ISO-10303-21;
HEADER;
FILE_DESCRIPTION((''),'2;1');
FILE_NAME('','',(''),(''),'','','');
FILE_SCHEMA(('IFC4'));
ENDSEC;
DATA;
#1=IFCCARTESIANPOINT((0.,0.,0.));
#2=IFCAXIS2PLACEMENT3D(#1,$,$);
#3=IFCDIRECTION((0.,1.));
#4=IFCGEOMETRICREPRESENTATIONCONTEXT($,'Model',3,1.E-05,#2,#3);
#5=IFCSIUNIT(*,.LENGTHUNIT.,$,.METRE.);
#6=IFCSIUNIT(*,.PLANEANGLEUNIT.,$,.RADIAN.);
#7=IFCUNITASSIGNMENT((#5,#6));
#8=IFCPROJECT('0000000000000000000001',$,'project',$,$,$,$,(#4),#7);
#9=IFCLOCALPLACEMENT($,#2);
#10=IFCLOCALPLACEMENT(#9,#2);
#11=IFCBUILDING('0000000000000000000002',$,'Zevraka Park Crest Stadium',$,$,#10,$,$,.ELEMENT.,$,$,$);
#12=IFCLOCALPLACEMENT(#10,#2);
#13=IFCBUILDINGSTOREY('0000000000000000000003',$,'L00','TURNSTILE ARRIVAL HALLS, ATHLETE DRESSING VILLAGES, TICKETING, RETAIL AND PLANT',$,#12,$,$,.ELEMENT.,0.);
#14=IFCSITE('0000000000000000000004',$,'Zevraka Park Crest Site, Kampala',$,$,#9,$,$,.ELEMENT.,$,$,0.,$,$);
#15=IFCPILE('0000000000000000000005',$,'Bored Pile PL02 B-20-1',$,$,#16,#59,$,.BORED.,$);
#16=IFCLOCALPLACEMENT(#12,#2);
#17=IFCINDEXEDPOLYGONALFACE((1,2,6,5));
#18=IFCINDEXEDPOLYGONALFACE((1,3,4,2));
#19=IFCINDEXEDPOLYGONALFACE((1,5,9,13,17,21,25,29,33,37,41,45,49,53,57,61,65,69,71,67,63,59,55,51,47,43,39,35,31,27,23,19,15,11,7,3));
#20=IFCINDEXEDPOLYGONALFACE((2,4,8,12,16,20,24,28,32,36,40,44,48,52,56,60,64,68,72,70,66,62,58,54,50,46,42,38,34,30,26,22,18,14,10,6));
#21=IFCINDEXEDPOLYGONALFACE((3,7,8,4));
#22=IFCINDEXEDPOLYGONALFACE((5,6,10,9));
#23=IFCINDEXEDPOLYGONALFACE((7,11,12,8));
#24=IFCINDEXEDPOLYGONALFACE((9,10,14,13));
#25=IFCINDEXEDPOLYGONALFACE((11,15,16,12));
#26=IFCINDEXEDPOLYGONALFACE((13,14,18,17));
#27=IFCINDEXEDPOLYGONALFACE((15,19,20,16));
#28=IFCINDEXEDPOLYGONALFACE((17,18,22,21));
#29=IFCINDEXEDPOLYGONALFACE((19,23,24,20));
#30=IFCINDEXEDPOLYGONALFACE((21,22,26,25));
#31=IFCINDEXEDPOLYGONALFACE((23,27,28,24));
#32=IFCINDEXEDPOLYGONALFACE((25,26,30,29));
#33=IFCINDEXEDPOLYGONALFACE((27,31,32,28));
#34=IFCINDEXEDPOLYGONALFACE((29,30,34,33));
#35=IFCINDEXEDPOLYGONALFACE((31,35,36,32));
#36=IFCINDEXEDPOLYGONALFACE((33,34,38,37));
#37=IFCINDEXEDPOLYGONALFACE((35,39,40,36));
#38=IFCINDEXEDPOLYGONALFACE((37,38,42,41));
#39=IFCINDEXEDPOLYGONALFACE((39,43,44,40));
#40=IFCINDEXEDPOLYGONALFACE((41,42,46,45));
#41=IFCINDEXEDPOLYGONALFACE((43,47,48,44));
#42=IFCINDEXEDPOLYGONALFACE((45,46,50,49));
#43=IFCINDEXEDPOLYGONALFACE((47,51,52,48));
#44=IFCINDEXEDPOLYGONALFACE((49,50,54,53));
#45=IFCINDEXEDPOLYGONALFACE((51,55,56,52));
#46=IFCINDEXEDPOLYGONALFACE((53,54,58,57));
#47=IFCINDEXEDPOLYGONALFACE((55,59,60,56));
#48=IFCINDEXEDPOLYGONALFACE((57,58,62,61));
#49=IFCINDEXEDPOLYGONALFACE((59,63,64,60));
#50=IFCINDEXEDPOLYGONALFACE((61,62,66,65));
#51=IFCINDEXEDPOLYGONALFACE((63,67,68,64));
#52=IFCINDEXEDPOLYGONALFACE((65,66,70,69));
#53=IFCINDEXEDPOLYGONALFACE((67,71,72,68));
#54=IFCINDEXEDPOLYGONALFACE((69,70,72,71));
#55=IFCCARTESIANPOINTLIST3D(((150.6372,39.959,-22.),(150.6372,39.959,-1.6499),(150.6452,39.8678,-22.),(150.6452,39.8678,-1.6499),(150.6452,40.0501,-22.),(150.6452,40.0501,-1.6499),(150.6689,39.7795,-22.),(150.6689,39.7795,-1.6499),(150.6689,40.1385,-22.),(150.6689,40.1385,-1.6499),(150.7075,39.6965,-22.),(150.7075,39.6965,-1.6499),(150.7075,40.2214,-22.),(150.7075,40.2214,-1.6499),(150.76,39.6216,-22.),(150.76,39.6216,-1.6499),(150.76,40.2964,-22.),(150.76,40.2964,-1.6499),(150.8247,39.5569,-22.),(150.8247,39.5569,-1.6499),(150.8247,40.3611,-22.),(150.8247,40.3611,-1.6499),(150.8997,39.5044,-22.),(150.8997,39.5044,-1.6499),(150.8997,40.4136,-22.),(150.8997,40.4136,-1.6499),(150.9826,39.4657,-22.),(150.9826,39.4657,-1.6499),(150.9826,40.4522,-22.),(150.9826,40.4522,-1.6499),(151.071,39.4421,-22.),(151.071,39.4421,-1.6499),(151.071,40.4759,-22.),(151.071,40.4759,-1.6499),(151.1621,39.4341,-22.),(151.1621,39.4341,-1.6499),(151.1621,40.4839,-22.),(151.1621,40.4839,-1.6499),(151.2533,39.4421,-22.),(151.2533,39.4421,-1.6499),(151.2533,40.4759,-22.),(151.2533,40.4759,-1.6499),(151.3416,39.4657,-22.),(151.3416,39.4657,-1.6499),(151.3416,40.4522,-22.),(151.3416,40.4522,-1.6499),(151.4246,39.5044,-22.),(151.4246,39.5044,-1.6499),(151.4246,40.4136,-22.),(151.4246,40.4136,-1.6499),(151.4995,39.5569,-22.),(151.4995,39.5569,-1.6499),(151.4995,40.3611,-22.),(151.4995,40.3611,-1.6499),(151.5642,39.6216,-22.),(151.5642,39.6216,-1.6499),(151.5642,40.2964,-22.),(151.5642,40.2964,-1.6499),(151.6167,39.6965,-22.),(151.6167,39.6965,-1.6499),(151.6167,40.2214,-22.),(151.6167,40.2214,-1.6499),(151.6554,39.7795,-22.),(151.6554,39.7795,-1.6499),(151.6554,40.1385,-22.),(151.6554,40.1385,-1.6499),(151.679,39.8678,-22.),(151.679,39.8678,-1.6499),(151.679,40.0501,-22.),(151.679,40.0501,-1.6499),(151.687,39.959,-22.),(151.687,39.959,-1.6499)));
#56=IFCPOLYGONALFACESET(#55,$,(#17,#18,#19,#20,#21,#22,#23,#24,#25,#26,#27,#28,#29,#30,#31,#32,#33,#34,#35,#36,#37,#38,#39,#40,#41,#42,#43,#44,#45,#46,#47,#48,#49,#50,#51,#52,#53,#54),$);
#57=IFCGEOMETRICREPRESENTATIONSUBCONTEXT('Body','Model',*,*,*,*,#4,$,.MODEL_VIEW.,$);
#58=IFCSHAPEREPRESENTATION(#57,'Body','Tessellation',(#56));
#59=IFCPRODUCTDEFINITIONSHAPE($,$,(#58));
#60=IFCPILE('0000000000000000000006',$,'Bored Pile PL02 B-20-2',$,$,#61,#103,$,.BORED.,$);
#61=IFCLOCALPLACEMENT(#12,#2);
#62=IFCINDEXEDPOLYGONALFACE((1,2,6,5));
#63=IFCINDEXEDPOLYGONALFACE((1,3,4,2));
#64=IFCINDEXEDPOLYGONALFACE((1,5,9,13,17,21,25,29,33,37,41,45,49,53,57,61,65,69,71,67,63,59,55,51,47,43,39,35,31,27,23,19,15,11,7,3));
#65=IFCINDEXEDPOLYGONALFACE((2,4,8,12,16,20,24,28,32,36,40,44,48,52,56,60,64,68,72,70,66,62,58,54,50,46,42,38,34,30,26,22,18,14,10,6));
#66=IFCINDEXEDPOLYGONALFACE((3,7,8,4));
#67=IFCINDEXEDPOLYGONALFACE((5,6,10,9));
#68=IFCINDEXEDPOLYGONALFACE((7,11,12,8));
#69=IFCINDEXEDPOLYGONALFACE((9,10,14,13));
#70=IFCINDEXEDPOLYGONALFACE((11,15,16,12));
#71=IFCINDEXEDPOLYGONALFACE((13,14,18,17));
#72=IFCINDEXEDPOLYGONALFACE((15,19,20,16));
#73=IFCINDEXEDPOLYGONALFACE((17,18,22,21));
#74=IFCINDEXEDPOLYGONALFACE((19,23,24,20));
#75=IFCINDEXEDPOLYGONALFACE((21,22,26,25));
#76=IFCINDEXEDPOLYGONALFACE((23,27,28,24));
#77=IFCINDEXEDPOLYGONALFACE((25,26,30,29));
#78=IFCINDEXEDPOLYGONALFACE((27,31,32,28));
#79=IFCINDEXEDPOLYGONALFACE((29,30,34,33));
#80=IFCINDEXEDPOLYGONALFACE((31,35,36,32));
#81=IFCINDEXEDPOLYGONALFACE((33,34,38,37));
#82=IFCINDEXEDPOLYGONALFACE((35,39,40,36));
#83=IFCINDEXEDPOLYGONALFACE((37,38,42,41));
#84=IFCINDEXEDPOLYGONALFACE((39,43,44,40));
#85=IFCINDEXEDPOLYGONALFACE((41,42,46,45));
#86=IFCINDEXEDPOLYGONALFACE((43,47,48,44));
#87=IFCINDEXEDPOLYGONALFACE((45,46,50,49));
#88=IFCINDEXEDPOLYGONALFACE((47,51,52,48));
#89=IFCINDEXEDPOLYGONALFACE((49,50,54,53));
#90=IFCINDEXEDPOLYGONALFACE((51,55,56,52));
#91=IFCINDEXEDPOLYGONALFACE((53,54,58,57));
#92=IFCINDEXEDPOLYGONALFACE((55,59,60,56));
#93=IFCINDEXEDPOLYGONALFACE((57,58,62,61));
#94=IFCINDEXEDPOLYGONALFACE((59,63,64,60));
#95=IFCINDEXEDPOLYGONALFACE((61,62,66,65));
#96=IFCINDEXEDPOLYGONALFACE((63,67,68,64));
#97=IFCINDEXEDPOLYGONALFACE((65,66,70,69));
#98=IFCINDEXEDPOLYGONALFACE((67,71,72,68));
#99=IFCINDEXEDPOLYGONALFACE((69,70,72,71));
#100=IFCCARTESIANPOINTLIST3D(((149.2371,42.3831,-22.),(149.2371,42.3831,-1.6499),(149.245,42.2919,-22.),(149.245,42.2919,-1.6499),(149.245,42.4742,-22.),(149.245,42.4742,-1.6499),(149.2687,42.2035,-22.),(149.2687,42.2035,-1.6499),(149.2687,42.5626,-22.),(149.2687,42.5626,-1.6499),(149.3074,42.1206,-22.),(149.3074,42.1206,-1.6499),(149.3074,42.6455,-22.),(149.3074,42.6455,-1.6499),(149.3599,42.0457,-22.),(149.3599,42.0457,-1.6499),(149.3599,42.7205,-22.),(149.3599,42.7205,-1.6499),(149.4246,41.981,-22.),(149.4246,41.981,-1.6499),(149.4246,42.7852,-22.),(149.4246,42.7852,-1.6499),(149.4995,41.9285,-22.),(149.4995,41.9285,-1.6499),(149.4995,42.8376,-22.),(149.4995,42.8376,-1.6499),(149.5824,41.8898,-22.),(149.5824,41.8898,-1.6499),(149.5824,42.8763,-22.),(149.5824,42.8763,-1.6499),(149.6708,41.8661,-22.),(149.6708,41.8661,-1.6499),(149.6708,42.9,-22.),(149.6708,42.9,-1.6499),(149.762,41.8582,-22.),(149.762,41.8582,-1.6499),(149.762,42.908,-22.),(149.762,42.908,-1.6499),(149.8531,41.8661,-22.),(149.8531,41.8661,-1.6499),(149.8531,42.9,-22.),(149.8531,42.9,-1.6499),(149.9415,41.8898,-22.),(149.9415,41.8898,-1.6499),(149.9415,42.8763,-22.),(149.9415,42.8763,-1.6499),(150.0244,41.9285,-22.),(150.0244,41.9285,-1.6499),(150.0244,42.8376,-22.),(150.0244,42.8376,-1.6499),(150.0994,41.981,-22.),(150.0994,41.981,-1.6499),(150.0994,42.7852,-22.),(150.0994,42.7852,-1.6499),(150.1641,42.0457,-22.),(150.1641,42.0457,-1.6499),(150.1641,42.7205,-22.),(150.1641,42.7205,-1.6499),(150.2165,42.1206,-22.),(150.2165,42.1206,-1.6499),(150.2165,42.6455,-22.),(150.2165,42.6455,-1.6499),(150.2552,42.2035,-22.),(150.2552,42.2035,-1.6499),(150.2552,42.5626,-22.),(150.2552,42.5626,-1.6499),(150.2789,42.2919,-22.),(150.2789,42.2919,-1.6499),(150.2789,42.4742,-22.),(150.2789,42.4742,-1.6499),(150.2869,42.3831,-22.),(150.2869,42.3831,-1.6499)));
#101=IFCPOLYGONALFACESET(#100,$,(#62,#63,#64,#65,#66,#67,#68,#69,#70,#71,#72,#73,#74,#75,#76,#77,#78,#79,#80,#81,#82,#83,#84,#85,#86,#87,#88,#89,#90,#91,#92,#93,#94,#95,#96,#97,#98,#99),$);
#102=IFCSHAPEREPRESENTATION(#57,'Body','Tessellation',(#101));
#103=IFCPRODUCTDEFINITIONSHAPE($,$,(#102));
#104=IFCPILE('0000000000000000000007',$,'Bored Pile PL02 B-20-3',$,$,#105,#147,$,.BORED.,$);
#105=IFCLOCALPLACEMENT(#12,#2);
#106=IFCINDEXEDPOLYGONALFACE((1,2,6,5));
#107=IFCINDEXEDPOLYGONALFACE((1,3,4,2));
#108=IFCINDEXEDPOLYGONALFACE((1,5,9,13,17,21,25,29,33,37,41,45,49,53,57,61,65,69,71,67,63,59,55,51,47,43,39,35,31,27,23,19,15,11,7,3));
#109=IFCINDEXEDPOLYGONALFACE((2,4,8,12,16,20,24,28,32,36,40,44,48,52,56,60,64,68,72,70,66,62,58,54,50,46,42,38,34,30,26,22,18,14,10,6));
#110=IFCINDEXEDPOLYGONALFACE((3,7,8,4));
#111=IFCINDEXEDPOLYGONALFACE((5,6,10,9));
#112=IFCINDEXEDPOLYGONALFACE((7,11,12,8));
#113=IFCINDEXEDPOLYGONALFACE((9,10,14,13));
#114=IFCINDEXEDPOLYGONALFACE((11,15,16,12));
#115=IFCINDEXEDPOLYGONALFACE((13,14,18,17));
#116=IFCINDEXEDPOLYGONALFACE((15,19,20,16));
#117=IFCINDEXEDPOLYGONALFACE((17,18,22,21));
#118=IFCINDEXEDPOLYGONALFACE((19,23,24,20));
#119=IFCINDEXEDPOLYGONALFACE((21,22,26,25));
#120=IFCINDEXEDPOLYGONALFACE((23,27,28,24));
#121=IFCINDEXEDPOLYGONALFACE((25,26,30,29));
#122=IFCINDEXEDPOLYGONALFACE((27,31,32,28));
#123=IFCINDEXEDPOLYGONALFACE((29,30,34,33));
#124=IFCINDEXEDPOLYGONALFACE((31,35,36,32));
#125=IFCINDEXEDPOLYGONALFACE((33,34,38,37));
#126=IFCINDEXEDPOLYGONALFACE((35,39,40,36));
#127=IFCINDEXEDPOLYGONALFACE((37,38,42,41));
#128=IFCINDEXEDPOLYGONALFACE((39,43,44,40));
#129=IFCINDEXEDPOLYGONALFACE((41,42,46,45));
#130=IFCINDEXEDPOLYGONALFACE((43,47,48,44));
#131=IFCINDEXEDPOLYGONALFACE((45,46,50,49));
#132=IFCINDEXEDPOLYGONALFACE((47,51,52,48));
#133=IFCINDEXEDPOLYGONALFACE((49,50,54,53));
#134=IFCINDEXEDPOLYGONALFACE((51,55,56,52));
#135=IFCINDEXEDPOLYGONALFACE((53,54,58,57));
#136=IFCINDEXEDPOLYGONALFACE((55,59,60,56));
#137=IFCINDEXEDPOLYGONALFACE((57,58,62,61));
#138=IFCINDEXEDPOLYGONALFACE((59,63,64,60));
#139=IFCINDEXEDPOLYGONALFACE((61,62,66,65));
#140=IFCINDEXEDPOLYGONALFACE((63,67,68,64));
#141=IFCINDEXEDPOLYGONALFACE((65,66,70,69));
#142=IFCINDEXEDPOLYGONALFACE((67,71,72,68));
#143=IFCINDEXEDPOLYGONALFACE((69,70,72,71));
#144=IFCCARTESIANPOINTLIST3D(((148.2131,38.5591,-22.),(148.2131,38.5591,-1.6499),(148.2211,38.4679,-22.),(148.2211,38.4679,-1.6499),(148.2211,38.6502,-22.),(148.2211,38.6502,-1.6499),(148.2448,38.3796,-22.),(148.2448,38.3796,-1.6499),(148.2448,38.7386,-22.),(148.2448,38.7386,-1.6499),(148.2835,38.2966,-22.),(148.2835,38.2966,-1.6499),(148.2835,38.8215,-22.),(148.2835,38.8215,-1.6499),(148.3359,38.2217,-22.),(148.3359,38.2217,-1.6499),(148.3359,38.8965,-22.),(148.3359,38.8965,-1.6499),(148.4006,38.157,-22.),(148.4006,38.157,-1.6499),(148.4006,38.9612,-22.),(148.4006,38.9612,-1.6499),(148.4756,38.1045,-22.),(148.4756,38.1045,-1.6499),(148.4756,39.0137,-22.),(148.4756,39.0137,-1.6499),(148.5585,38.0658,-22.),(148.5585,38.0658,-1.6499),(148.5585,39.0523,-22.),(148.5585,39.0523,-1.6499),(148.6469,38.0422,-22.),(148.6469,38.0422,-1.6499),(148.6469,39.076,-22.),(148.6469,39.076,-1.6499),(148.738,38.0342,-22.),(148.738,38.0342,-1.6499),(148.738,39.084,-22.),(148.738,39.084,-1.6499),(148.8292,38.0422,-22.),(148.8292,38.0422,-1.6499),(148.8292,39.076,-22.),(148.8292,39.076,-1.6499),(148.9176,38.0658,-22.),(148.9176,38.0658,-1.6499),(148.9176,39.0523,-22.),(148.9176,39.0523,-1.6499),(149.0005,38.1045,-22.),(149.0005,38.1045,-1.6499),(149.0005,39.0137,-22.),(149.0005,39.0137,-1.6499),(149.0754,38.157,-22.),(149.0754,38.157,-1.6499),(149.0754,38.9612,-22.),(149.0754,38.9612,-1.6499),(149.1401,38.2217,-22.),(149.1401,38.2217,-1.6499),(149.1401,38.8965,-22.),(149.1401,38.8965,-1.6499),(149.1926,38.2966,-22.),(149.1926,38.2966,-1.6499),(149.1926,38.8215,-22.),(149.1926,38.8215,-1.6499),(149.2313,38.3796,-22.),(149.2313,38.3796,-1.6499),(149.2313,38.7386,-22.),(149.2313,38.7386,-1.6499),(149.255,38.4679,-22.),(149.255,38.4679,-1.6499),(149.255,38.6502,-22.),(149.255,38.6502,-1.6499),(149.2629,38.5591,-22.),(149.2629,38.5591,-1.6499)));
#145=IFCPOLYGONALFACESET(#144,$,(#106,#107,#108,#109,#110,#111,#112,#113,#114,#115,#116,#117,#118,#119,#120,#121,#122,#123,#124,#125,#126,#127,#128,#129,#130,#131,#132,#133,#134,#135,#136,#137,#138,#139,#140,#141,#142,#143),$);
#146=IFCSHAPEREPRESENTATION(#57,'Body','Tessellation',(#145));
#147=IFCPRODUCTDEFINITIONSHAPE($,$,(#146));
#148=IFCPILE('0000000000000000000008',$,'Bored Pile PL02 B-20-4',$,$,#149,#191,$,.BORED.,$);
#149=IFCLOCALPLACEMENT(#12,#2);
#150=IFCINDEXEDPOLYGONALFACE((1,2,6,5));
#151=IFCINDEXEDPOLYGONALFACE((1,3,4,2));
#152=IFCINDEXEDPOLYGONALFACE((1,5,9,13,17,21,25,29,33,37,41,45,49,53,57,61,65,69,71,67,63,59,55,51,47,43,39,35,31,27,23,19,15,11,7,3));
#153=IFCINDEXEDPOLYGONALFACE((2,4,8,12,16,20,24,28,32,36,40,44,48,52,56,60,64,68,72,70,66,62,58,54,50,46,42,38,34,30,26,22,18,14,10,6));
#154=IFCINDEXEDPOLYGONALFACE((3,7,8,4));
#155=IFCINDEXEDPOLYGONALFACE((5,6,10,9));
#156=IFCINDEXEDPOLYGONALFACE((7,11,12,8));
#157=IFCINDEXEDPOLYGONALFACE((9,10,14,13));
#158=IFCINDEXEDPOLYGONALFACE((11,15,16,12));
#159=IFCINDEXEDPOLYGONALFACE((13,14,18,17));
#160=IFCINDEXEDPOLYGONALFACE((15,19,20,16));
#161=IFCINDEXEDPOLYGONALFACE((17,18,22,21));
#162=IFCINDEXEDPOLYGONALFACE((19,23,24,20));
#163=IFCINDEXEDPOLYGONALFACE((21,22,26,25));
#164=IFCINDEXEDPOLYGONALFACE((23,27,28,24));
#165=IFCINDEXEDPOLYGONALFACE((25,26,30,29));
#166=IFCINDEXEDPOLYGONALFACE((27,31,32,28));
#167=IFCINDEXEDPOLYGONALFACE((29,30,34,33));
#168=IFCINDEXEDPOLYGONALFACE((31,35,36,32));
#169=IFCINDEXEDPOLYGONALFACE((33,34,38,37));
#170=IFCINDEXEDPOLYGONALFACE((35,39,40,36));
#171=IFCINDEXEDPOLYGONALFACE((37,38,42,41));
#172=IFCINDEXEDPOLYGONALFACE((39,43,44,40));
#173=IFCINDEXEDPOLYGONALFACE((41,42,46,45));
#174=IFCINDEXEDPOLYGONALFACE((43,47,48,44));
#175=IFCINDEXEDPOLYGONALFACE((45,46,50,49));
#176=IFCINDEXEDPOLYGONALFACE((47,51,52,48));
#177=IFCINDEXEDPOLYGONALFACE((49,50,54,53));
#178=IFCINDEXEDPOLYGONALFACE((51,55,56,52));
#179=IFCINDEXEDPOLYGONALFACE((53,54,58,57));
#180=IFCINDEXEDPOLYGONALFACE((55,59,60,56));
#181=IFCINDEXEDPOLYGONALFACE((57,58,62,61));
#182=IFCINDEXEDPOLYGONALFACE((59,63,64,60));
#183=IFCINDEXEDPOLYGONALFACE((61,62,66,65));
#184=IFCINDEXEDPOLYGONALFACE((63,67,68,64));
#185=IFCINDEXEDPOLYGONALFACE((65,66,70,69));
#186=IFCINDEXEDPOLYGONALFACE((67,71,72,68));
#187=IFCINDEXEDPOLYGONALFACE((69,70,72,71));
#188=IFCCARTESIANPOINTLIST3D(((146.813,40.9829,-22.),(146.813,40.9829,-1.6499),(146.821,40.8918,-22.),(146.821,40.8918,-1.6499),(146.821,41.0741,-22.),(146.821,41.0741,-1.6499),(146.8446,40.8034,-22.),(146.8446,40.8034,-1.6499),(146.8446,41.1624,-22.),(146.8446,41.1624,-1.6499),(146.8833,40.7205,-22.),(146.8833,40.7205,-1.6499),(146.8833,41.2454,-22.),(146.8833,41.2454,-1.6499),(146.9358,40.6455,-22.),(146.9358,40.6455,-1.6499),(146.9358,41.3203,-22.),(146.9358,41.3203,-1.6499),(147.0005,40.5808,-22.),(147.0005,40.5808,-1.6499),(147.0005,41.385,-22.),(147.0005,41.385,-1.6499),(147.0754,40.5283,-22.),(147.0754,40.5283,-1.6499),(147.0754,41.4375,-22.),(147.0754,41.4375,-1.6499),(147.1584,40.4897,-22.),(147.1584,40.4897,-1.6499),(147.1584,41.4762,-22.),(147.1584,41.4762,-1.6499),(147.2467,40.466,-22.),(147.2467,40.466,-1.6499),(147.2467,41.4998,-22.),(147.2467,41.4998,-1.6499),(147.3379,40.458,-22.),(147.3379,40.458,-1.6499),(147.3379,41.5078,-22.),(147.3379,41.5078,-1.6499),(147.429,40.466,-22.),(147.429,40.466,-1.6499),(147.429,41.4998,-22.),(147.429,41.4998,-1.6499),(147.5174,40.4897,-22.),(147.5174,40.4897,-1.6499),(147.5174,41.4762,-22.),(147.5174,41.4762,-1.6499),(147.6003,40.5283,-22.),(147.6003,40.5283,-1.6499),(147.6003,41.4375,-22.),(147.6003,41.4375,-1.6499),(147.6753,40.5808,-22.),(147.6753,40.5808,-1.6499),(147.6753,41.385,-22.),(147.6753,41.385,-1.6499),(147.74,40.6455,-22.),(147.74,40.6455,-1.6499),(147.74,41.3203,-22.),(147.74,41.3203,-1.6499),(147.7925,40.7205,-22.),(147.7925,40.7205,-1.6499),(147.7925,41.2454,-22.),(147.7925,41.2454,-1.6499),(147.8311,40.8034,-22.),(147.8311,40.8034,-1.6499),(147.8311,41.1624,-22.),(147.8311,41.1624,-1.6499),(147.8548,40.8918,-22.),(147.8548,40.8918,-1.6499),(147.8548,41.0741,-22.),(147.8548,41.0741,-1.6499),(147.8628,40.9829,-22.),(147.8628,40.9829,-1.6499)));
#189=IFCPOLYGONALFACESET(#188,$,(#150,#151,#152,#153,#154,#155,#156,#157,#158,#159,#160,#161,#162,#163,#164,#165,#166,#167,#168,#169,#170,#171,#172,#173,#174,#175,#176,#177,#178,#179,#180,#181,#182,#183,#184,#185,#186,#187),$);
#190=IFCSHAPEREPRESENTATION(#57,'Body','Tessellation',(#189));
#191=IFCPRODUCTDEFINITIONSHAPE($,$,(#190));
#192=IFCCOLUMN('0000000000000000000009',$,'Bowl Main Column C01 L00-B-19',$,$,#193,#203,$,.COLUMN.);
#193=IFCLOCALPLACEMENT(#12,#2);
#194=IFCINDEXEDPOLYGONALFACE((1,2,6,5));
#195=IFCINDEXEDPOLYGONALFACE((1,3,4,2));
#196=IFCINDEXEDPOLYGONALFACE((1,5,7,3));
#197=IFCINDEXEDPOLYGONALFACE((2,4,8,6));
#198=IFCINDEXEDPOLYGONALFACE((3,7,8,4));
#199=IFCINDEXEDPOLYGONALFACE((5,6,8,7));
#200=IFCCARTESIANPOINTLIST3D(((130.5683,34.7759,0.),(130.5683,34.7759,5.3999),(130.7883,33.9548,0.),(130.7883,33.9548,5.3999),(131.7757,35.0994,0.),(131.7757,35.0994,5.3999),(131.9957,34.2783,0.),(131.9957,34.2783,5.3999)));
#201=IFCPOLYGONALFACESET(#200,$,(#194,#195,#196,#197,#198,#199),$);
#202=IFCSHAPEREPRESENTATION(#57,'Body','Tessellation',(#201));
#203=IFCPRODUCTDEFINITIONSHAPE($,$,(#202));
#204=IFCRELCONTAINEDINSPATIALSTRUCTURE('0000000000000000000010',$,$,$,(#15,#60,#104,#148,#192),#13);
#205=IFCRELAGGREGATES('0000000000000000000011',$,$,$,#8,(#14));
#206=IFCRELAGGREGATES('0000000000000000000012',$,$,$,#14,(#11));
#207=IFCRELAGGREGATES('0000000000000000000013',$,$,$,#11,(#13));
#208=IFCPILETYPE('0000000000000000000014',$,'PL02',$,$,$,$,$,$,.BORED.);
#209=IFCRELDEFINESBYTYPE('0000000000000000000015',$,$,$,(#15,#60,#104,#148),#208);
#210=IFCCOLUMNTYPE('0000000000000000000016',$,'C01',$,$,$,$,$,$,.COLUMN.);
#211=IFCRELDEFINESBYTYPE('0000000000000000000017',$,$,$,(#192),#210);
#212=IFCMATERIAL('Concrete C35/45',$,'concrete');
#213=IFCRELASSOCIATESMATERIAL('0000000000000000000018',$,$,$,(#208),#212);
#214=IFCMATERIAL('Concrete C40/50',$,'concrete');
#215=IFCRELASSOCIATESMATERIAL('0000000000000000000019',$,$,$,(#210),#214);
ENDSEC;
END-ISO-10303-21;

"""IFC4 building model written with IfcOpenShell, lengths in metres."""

from ifc_helpers import new_model, si_unit, direction, frame, origin, origin_2d, place, context, subcontext, project, spatial, rectangle, circle, extrude, material, material_profile, profile_set, type_object, element, save


model = new_model("IFC4")

# Units and contexts
model_context = context("Model", 3, precision=1e-05, world=origin(), true_north=direction((0.0, 1.0)))
body_context = subcontext(model_context, "Body", "Model", "MODEL_VIEW")
ifc_project = project(units=[si_unit("LENGTHUNIT", "METRE"), si_unit("PLANEANGLEUNIT", "RADIAN")], contexts=[model_context])

# Site, building, storey
site_placement = place(None, origin())
site = spatial("IfcSite", under=ifc_project, at=site_placement, Name="Zevraka Park Crest Site, Kampala", CompositionType="ELEMENT", RefElevation=0.0)
building_placement = place(site_placement, origin())
building = spatial("IfcBuilding", under=site, at=building_placement, Name="Zevraka Park Crest Stadium", CompositionType="ELEMENT")
storey_placement = place(building_placement, origin())
storey = spatial("IfcBuildingStorey", under=building, at=storey_placement, Name="L00", Description="TURNSTILE ARRIVAL HALLS, ATHLETE DRESSING VILLAGES, TICKETING, RETAIL AND PLANT", CompositionType="ELEMENT", Elevation=0.0)

# Piles
ifc_material_1 = material(Name="Concrete C35/45", Category="concrete")
ifc_material_profile_1 = material_profile(ifc_material_1, circle(Radius=0.5249, at=origin_2d()), Name="PILE D1050")
ifc_profile_set_1 = profile_set([ifc_material_profile_1], Name="Concrete C35/45")
pile_type_1 = type_object("IfcPileType", Name="PL02", PredefinedType="BORED", material=ifc_profile_set_1)
for number, where, z_axis, x_axis, name in (
    (1, (151.1621, 39.959, -1.6499), (0.0, 0.0, -1.0), (1.0, 0.0, 0.0), "Bored Pile PL02 B-20-1"),
    (2, (149.762, 42.3831, -1.6499), (0.0, 0.0, -1.0), (1.0, 0.0, 0.0), "Bored Pile PL02 B-20-2"),
    (3, (148.738, 38.5591, -1.6499), (0.0, 0.0, -1.0), (1.0, 0.0, 0.0), "Bored Pile PL02 B-20-3"),
    (4, (147.3379, 40.9829, -1.6499), (0.0, 0.0, -1.0), (1.0, 0.0, 0.0), "Bored Pile PL02 B-20-4"),
):
    element("IfcPile", number, at=place(storey_placement, frame(where, z_axis=z_axis, x_axis=x_axis)), inside=storey, type_object=pile_type_1, Name=name, PredefinedType="BORED", context=body_context, shape_type="SweptSolid", body=[
        extrude(circle(Radius=0.5249, at=origin_2d()), origin(), (0.0, 0.0, 1.0), 20.3501),
    ])

# Column
ifc_material_2 = material(Name="Concrete C40/50", Category="concrete")
ifc_material_profile_2 = material_profile(ifc_material_2, rectangle(XDim=0.8501, YDim=1.25, at=origin_2d()), Name="RC 1250x850")
ifc_profile_set_2 = profile_set([ifc_material_profile_2], Name="Concrete C40/50")
column_type_1 = type_object("IfcColumnType", Name="C01", PredefinedType="COLUMN", material=ifc_profile_set_2)
for number, where, z_axis, x_axis, name in (
    (5, (131.282, 34.5271, 0.0), (0.0, 0.0, 1.0), (-0.258819, 0.965926, 0.0), "Bowl Main Column C01 L00-B-19"),
):
    element("IfcColumn", number, at=place(storey_placement, frame(where, z_axis=z_axis, x_axis=x_axis)), inside=storey, type_object=column_type_1, Name=name, PredefinedType="COLUMN", context=body_context, shape_type="SweptSolid", body=[
        extrude(rectangle(XDim=0.8501, YDim=1.25, at=origin_2d()), origin(), (0.0, 0.0, 1.0), 5.3999),
    ])

save(model, "model.ifc")
